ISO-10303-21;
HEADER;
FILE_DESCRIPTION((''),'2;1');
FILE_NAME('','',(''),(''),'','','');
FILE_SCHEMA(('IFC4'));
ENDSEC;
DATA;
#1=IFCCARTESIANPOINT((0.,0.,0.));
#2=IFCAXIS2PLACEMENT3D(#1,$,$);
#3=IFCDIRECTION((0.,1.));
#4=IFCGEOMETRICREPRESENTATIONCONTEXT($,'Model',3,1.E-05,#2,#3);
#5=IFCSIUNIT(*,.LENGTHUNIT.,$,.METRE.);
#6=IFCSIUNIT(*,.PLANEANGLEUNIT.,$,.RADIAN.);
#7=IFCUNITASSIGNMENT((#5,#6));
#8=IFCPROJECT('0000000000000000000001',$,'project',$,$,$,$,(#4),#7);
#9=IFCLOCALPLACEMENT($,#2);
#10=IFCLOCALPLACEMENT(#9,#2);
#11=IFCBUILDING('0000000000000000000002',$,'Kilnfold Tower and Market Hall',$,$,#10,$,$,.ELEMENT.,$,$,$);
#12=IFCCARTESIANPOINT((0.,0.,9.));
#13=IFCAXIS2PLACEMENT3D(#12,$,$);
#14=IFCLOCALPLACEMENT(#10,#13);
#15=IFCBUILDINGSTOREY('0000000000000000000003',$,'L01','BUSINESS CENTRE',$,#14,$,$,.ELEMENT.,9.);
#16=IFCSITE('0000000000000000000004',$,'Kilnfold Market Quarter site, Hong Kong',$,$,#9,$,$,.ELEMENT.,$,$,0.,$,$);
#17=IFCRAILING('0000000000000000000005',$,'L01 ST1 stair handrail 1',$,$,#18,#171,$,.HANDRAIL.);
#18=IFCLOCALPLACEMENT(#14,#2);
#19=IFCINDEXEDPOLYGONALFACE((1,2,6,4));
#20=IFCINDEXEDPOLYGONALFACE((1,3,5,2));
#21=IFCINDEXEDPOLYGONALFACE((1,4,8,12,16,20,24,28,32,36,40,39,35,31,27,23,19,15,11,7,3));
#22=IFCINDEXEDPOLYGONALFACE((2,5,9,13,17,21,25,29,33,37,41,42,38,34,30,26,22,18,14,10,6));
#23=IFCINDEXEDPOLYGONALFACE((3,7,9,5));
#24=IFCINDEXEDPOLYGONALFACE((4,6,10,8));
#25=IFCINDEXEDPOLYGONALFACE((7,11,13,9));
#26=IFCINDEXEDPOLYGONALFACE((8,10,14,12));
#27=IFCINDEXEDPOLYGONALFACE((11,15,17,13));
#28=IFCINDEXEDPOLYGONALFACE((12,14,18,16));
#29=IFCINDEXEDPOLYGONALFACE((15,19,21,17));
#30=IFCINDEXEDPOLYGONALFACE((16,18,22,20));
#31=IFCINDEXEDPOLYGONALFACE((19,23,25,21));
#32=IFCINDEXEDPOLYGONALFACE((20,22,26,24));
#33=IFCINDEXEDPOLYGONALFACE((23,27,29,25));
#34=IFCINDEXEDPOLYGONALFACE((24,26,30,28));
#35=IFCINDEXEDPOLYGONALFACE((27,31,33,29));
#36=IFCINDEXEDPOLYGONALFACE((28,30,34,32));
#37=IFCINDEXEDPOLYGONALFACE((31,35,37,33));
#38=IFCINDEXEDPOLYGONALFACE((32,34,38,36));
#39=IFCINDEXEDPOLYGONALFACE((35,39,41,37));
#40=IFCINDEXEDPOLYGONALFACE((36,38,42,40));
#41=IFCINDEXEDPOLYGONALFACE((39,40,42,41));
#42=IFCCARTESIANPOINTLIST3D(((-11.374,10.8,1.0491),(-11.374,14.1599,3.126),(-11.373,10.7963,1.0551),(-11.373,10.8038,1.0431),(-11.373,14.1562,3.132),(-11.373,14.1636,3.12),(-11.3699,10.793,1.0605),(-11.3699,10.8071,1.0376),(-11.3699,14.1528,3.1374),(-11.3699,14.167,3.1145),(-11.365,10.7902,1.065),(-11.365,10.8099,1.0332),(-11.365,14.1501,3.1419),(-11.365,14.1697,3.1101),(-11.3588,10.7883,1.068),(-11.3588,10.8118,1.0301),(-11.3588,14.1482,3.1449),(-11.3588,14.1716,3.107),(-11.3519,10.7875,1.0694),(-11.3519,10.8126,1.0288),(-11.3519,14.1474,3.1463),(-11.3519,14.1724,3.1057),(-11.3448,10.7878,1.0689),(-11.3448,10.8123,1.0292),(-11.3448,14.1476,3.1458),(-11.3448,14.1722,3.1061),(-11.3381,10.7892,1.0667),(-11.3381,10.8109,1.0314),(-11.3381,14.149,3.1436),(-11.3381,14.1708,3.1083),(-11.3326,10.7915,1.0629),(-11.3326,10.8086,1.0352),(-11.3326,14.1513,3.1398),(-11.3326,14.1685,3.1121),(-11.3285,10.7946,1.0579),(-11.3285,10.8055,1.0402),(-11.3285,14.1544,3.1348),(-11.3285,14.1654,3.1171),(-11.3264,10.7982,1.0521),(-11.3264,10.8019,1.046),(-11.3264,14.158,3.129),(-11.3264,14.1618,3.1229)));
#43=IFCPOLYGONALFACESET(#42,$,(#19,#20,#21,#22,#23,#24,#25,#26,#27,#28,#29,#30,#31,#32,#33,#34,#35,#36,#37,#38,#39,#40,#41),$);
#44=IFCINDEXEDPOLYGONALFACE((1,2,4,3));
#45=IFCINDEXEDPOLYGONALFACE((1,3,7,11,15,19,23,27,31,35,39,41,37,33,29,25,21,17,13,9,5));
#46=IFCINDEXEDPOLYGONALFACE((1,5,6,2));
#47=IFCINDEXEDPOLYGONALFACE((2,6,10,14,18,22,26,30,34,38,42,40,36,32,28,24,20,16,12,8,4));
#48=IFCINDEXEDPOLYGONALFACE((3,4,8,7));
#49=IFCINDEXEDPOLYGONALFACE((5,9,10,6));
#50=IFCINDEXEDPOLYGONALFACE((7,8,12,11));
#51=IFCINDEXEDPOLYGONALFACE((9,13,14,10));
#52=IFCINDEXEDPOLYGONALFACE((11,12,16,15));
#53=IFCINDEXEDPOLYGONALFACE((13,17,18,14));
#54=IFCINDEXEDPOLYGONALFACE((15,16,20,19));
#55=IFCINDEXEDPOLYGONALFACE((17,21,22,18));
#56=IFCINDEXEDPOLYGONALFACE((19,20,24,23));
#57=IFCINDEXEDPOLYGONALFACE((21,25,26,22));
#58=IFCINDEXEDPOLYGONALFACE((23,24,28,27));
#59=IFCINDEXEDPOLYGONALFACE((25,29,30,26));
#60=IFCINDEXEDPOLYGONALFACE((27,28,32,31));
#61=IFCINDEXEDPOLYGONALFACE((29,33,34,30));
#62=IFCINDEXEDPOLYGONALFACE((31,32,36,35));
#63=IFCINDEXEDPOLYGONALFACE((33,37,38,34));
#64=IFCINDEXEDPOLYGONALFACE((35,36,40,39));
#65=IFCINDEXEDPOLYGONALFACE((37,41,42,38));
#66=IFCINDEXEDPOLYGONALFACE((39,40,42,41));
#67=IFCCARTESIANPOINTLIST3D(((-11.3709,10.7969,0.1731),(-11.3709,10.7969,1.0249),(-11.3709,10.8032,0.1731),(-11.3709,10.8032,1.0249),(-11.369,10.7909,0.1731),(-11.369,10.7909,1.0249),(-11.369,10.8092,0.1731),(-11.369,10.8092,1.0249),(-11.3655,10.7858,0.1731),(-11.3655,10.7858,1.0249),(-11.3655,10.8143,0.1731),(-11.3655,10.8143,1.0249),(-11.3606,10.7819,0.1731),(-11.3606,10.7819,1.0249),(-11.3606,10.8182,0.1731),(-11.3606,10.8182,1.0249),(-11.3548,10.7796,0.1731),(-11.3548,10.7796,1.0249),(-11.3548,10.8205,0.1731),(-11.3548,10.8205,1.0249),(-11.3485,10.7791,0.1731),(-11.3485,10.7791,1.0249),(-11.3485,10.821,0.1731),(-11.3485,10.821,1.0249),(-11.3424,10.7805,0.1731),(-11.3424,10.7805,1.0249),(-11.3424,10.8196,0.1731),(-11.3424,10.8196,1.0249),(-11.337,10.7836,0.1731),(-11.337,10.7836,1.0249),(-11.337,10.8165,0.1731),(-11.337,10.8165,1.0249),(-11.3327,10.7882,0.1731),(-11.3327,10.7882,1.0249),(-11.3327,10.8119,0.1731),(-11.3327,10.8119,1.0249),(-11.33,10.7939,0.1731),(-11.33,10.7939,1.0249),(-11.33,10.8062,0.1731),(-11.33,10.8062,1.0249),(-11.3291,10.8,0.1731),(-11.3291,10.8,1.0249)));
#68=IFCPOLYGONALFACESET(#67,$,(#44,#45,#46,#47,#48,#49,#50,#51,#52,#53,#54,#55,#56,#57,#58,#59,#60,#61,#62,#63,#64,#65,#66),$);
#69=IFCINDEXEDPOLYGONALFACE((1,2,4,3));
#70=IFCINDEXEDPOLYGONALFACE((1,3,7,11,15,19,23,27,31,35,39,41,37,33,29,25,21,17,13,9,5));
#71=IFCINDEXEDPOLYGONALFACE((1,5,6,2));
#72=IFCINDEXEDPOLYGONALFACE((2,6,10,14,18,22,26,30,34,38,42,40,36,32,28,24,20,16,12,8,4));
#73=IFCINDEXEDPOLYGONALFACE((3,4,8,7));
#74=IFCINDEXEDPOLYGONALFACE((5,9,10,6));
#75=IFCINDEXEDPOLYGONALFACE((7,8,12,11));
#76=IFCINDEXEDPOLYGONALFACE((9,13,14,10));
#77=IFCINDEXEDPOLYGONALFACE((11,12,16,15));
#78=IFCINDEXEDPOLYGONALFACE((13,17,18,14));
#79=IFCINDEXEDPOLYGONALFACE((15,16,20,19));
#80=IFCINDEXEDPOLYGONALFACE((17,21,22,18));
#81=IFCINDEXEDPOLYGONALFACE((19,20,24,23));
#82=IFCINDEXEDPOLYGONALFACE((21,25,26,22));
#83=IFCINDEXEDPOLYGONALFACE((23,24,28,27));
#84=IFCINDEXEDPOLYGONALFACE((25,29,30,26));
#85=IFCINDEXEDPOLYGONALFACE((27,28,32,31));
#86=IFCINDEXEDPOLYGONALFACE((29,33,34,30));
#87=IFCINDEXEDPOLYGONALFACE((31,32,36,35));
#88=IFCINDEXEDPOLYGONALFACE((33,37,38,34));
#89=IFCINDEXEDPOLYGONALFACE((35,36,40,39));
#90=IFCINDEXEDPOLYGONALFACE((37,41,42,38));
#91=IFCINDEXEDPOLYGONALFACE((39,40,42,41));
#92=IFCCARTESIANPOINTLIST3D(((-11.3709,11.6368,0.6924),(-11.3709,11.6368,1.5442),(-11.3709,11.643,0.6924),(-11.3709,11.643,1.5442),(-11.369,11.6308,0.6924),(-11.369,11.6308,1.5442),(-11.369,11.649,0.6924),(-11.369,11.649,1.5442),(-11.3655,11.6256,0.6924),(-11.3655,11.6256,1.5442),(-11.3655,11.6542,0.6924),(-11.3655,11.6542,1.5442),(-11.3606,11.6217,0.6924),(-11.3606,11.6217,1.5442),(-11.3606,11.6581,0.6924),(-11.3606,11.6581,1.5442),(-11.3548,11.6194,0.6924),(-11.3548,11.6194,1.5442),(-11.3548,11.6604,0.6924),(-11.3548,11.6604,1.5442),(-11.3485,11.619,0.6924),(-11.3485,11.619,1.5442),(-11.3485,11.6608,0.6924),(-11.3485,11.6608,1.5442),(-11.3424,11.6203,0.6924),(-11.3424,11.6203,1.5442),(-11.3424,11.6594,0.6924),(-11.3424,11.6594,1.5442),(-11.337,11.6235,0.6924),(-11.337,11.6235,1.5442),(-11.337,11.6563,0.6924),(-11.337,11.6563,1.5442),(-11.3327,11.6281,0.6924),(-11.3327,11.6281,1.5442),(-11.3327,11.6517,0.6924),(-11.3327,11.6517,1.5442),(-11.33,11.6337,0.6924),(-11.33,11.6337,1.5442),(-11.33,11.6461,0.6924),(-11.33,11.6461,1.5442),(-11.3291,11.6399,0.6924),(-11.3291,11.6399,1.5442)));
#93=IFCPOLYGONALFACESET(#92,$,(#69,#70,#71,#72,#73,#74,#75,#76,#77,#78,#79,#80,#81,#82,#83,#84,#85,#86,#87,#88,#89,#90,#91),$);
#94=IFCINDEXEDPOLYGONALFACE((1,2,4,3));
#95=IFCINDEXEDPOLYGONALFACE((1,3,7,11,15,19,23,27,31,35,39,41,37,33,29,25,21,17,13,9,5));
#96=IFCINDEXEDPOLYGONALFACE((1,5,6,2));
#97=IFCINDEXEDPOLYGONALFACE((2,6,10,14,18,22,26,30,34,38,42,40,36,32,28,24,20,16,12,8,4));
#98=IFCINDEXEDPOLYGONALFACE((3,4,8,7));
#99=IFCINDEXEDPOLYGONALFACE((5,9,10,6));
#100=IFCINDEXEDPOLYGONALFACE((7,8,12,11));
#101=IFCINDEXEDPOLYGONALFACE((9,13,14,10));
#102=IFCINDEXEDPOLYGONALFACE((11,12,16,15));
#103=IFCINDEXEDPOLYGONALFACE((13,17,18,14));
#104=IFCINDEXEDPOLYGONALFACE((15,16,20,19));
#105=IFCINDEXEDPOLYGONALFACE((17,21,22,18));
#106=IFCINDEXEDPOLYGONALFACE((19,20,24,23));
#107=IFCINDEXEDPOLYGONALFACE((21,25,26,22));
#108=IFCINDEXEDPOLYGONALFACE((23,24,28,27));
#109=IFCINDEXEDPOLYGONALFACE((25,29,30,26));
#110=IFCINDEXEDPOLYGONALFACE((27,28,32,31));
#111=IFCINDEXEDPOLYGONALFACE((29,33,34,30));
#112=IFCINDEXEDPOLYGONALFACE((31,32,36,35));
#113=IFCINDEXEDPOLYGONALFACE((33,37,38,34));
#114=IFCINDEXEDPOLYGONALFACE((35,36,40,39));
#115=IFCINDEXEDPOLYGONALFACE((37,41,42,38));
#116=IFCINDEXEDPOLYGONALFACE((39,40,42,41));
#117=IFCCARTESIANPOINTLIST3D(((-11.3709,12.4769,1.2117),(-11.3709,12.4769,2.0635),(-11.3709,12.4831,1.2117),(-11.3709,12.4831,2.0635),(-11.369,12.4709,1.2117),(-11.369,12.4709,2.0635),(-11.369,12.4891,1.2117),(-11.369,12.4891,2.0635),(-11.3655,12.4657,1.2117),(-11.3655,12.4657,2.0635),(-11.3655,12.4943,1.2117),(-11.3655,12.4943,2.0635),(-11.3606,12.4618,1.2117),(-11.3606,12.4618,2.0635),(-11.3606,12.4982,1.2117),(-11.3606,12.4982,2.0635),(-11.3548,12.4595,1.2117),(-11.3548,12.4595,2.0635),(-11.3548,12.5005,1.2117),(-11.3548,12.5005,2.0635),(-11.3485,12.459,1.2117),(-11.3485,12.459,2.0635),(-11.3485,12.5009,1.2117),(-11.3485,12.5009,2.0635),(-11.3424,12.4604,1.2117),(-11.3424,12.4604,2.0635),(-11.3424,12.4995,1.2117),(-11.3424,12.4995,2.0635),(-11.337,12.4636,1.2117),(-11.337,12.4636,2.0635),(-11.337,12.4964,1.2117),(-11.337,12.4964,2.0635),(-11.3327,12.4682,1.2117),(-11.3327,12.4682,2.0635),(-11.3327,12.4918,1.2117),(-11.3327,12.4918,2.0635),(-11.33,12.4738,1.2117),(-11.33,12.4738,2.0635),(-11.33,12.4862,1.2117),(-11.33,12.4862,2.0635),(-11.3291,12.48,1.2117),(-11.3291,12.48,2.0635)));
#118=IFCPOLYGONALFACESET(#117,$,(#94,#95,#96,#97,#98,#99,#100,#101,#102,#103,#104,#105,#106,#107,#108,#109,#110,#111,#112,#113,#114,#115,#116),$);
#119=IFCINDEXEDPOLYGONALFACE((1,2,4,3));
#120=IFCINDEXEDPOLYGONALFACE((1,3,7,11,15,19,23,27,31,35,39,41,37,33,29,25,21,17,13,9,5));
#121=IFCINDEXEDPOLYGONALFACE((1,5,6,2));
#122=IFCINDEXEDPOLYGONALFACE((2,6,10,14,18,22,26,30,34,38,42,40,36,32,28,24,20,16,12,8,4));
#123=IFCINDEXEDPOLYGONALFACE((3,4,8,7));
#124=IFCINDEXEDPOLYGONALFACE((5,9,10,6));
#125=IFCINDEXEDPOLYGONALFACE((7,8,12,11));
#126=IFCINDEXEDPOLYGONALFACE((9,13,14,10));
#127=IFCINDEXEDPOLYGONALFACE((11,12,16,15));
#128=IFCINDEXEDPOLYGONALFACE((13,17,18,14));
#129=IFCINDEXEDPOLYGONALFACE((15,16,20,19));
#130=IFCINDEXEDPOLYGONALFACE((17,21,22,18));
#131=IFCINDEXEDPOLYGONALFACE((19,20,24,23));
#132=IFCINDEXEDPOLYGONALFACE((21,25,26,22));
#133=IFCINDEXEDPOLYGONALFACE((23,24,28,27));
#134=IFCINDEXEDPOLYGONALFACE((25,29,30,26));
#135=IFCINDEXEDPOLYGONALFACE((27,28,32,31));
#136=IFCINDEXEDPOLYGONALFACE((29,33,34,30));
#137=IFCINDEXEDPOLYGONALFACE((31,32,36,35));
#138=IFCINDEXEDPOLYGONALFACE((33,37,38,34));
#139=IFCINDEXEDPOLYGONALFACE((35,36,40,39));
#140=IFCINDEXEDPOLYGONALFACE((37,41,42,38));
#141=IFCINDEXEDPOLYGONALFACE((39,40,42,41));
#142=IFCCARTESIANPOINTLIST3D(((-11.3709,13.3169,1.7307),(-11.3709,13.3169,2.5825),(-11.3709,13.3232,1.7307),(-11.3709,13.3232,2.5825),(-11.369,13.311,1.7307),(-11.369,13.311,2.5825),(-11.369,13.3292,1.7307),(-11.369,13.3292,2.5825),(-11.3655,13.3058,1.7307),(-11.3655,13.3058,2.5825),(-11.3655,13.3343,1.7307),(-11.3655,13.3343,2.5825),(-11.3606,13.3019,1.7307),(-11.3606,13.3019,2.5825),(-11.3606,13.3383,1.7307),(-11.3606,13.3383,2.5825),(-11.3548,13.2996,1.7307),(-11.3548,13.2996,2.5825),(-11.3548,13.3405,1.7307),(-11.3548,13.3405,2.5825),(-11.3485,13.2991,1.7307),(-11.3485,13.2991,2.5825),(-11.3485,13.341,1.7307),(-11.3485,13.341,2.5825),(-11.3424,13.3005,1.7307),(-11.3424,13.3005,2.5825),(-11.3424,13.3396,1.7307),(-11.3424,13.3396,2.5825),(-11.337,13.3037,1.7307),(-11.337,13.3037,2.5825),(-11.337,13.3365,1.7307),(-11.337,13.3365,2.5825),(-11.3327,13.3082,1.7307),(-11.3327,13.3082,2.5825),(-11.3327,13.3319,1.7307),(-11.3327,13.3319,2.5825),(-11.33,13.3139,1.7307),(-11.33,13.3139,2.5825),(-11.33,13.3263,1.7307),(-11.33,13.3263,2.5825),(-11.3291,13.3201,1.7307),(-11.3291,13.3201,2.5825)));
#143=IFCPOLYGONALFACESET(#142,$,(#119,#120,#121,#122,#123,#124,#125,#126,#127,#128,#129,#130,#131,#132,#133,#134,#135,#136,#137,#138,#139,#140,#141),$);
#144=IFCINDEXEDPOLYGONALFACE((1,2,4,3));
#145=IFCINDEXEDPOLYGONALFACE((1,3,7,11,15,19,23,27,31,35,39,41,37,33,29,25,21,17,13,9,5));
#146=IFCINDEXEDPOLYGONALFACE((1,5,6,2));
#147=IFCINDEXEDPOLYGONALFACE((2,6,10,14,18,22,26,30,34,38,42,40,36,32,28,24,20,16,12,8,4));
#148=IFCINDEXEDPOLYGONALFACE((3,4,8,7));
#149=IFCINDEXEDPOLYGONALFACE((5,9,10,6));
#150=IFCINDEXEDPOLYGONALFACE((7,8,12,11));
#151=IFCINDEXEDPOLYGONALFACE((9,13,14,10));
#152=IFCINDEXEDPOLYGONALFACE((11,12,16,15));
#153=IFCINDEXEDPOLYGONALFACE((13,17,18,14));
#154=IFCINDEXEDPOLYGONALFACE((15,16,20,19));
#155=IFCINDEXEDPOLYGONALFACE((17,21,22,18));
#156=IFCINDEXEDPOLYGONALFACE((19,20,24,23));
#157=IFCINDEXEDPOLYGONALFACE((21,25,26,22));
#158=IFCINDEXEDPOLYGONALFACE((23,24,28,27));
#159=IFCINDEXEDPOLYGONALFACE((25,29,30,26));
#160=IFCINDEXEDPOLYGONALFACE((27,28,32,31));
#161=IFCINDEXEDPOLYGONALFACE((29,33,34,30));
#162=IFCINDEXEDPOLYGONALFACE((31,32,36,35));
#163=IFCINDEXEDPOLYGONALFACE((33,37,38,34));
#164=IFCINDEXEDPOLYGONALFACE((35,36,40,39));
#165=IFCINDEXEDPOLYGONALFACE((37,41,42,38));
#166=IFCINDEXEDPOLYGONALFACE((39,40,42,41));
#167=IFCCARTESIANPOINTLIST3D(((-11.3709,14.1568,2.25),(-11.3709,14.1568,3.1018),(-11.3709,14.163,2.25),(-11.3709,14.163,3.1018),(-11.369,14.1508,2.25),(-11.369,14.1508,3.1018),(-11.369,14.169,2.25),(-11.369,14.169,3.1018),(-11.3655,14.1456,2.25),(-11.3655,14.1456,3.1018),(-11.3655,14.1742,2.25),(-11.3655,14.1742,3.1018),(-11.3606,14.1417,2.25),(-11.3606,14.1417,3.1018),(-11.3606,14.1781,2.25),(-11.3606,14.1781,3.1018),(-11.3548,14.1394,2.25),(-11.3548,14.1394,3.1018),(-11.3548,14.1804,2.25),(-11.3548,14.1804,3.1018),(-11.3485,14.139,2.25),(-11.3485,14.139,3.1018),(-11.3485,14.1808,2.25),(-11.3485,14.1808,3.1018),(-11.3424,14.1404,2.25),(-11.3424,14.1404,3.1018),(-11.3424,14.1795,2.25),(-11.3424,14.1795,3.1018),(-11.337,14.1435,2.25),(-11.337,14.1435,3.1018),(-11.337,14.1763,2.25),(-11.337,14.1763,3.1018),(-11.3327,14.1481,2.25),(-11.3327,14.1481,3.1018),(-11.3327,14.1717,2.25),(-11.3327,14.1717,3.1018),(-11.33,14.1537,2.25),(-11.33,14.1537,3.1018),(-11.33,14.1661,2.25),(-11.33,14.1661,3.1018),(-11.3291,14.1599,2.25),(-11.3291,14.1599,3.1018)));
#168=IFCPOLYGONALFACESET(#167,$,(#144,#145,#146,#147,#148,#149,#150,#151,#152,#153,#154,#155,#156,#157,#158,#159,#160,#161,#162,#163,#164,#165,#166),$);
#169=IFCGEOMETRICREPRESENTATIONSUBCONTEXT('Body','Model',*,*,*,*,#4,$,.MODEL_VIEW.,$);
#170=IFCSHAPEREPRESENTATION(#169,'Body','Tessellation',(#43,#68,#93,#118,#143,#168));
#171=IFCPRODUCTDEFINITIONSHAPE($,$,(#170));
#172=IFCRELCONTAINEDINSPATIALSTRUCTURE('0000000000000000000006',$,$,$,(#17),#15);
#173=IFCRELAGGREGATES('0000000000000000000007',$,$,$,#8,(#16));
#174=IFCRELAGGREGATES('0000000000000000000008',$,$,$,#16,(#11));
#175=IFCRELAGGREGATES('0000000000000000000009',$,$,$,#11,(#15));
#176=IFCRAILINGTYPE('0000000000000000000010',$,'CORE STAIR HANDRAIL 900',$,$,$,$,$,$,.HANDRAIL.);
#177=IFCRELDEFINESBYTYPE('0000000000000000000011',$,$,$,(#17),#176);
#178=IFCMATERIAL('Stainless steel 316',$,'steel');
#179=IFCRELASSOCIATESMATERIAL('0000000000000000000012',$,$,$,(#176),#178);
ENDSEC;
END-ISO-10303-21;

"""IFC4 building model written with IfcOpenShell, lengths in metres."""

from ifc_helpers import new_model, si_unit, direction, frame, origin, origin_2d, place, context, subcontext, project, spatial, circle, extrude, material, type_object, element, save


model = new_model("IFC4")

# Units and contexts
model_context = context("Model", 3, precision=1e-05, world=origin(), true_north=direction((0.0, 1.0)))
body_context = subcontext(model_context, "Body", "Model", "MODEL_VIEW")
ifc_project = project(units=[si_unit("LENGTHUNIT", "METRE"), si_unit("PLANEANGLEUNIT", "RADIAN")], contexts=[model_context])

# Site, building, storey
site_placement = place(None, origin())
site = spatial("IfcSite", under=ifc_project, at=site_placement, Name="Kilnfold Market Quarter site, Hong Kong", CompositionType="ELEMENT", RefElevation=0.0)
building_placement = place(site_placement, origin())
building = spatial("IfcBuilding", under=site, at=building_placement, Name="Kilnfold Tower and Market Hall", CompositionType="ELEMENT")
storey_placement = place(building_placement, frame((0.0, 0.0, 9.0)))
storey = spatial("IfcBuildingStorey", under=building, at=storey_placement, Name="L01", Description="BUSINESS CENTRE", CompositionType="ELEMENT", Elevation=9.0)

# Railing
ifc_material_1 = material(Name="Stainless steel 316", Category="steel")
railing_type_1 = type_object("IfcRailingType", Name="CORE STAIR HANDRAIL 900", PredefinedType="HANDRAIL", material=ifc_material_1)
railing_1_placement = place(storey_placement, frame((-11.3501, 10.8, 0.1731)))
element("IfcRailing", 1, at=railing_1_placement, inside=storey, type_object=railing_type_1, Name="L01 ST1 stair handrail 1", PredefinedType="HANDRAIL", context=body_context, shape_type="SweptSolid", body=[
    extrude(circle(Radius=0.0239, at=origin_2d()), frame((0.0, 0.0, 0.876), z_axis=(0.0, 0.850606, 0.525803), x_axis=(-1.0, 0.0, 0.0)), (0.0, 0.0, 1.0), 3.95),
    extrude(circle(Radius=0.021, at=origin_2d()), origin(), (0.0, 0.0, 1.0), 0.8518),
    extrude(circle(Radius=0.021, at=origin_2d()), frame((0.0, 0.8398, 0.5193)), (0.0, 0.0, 1.0), 0.8518),
    extrude(circle(Radius=0.021, at=origin_2d()), frame((0.0, 1.6799, 1.0386)), (0.0, 0.0, 1.0), 0.8518),
    extrude(circle(Radius=0.021, at=origin_2d()), frame((0.0, 2.52, 1.5576)), (0.0, 0.0, 1.0), 0.8518),
    extrude(circle(Radius=0.021, at=origin_2d()), frame((0.0, 3.3599, 2.0769)), (0.0, 0.0, 1.0), 0.8518),
])

save(model, "model.ifc")
